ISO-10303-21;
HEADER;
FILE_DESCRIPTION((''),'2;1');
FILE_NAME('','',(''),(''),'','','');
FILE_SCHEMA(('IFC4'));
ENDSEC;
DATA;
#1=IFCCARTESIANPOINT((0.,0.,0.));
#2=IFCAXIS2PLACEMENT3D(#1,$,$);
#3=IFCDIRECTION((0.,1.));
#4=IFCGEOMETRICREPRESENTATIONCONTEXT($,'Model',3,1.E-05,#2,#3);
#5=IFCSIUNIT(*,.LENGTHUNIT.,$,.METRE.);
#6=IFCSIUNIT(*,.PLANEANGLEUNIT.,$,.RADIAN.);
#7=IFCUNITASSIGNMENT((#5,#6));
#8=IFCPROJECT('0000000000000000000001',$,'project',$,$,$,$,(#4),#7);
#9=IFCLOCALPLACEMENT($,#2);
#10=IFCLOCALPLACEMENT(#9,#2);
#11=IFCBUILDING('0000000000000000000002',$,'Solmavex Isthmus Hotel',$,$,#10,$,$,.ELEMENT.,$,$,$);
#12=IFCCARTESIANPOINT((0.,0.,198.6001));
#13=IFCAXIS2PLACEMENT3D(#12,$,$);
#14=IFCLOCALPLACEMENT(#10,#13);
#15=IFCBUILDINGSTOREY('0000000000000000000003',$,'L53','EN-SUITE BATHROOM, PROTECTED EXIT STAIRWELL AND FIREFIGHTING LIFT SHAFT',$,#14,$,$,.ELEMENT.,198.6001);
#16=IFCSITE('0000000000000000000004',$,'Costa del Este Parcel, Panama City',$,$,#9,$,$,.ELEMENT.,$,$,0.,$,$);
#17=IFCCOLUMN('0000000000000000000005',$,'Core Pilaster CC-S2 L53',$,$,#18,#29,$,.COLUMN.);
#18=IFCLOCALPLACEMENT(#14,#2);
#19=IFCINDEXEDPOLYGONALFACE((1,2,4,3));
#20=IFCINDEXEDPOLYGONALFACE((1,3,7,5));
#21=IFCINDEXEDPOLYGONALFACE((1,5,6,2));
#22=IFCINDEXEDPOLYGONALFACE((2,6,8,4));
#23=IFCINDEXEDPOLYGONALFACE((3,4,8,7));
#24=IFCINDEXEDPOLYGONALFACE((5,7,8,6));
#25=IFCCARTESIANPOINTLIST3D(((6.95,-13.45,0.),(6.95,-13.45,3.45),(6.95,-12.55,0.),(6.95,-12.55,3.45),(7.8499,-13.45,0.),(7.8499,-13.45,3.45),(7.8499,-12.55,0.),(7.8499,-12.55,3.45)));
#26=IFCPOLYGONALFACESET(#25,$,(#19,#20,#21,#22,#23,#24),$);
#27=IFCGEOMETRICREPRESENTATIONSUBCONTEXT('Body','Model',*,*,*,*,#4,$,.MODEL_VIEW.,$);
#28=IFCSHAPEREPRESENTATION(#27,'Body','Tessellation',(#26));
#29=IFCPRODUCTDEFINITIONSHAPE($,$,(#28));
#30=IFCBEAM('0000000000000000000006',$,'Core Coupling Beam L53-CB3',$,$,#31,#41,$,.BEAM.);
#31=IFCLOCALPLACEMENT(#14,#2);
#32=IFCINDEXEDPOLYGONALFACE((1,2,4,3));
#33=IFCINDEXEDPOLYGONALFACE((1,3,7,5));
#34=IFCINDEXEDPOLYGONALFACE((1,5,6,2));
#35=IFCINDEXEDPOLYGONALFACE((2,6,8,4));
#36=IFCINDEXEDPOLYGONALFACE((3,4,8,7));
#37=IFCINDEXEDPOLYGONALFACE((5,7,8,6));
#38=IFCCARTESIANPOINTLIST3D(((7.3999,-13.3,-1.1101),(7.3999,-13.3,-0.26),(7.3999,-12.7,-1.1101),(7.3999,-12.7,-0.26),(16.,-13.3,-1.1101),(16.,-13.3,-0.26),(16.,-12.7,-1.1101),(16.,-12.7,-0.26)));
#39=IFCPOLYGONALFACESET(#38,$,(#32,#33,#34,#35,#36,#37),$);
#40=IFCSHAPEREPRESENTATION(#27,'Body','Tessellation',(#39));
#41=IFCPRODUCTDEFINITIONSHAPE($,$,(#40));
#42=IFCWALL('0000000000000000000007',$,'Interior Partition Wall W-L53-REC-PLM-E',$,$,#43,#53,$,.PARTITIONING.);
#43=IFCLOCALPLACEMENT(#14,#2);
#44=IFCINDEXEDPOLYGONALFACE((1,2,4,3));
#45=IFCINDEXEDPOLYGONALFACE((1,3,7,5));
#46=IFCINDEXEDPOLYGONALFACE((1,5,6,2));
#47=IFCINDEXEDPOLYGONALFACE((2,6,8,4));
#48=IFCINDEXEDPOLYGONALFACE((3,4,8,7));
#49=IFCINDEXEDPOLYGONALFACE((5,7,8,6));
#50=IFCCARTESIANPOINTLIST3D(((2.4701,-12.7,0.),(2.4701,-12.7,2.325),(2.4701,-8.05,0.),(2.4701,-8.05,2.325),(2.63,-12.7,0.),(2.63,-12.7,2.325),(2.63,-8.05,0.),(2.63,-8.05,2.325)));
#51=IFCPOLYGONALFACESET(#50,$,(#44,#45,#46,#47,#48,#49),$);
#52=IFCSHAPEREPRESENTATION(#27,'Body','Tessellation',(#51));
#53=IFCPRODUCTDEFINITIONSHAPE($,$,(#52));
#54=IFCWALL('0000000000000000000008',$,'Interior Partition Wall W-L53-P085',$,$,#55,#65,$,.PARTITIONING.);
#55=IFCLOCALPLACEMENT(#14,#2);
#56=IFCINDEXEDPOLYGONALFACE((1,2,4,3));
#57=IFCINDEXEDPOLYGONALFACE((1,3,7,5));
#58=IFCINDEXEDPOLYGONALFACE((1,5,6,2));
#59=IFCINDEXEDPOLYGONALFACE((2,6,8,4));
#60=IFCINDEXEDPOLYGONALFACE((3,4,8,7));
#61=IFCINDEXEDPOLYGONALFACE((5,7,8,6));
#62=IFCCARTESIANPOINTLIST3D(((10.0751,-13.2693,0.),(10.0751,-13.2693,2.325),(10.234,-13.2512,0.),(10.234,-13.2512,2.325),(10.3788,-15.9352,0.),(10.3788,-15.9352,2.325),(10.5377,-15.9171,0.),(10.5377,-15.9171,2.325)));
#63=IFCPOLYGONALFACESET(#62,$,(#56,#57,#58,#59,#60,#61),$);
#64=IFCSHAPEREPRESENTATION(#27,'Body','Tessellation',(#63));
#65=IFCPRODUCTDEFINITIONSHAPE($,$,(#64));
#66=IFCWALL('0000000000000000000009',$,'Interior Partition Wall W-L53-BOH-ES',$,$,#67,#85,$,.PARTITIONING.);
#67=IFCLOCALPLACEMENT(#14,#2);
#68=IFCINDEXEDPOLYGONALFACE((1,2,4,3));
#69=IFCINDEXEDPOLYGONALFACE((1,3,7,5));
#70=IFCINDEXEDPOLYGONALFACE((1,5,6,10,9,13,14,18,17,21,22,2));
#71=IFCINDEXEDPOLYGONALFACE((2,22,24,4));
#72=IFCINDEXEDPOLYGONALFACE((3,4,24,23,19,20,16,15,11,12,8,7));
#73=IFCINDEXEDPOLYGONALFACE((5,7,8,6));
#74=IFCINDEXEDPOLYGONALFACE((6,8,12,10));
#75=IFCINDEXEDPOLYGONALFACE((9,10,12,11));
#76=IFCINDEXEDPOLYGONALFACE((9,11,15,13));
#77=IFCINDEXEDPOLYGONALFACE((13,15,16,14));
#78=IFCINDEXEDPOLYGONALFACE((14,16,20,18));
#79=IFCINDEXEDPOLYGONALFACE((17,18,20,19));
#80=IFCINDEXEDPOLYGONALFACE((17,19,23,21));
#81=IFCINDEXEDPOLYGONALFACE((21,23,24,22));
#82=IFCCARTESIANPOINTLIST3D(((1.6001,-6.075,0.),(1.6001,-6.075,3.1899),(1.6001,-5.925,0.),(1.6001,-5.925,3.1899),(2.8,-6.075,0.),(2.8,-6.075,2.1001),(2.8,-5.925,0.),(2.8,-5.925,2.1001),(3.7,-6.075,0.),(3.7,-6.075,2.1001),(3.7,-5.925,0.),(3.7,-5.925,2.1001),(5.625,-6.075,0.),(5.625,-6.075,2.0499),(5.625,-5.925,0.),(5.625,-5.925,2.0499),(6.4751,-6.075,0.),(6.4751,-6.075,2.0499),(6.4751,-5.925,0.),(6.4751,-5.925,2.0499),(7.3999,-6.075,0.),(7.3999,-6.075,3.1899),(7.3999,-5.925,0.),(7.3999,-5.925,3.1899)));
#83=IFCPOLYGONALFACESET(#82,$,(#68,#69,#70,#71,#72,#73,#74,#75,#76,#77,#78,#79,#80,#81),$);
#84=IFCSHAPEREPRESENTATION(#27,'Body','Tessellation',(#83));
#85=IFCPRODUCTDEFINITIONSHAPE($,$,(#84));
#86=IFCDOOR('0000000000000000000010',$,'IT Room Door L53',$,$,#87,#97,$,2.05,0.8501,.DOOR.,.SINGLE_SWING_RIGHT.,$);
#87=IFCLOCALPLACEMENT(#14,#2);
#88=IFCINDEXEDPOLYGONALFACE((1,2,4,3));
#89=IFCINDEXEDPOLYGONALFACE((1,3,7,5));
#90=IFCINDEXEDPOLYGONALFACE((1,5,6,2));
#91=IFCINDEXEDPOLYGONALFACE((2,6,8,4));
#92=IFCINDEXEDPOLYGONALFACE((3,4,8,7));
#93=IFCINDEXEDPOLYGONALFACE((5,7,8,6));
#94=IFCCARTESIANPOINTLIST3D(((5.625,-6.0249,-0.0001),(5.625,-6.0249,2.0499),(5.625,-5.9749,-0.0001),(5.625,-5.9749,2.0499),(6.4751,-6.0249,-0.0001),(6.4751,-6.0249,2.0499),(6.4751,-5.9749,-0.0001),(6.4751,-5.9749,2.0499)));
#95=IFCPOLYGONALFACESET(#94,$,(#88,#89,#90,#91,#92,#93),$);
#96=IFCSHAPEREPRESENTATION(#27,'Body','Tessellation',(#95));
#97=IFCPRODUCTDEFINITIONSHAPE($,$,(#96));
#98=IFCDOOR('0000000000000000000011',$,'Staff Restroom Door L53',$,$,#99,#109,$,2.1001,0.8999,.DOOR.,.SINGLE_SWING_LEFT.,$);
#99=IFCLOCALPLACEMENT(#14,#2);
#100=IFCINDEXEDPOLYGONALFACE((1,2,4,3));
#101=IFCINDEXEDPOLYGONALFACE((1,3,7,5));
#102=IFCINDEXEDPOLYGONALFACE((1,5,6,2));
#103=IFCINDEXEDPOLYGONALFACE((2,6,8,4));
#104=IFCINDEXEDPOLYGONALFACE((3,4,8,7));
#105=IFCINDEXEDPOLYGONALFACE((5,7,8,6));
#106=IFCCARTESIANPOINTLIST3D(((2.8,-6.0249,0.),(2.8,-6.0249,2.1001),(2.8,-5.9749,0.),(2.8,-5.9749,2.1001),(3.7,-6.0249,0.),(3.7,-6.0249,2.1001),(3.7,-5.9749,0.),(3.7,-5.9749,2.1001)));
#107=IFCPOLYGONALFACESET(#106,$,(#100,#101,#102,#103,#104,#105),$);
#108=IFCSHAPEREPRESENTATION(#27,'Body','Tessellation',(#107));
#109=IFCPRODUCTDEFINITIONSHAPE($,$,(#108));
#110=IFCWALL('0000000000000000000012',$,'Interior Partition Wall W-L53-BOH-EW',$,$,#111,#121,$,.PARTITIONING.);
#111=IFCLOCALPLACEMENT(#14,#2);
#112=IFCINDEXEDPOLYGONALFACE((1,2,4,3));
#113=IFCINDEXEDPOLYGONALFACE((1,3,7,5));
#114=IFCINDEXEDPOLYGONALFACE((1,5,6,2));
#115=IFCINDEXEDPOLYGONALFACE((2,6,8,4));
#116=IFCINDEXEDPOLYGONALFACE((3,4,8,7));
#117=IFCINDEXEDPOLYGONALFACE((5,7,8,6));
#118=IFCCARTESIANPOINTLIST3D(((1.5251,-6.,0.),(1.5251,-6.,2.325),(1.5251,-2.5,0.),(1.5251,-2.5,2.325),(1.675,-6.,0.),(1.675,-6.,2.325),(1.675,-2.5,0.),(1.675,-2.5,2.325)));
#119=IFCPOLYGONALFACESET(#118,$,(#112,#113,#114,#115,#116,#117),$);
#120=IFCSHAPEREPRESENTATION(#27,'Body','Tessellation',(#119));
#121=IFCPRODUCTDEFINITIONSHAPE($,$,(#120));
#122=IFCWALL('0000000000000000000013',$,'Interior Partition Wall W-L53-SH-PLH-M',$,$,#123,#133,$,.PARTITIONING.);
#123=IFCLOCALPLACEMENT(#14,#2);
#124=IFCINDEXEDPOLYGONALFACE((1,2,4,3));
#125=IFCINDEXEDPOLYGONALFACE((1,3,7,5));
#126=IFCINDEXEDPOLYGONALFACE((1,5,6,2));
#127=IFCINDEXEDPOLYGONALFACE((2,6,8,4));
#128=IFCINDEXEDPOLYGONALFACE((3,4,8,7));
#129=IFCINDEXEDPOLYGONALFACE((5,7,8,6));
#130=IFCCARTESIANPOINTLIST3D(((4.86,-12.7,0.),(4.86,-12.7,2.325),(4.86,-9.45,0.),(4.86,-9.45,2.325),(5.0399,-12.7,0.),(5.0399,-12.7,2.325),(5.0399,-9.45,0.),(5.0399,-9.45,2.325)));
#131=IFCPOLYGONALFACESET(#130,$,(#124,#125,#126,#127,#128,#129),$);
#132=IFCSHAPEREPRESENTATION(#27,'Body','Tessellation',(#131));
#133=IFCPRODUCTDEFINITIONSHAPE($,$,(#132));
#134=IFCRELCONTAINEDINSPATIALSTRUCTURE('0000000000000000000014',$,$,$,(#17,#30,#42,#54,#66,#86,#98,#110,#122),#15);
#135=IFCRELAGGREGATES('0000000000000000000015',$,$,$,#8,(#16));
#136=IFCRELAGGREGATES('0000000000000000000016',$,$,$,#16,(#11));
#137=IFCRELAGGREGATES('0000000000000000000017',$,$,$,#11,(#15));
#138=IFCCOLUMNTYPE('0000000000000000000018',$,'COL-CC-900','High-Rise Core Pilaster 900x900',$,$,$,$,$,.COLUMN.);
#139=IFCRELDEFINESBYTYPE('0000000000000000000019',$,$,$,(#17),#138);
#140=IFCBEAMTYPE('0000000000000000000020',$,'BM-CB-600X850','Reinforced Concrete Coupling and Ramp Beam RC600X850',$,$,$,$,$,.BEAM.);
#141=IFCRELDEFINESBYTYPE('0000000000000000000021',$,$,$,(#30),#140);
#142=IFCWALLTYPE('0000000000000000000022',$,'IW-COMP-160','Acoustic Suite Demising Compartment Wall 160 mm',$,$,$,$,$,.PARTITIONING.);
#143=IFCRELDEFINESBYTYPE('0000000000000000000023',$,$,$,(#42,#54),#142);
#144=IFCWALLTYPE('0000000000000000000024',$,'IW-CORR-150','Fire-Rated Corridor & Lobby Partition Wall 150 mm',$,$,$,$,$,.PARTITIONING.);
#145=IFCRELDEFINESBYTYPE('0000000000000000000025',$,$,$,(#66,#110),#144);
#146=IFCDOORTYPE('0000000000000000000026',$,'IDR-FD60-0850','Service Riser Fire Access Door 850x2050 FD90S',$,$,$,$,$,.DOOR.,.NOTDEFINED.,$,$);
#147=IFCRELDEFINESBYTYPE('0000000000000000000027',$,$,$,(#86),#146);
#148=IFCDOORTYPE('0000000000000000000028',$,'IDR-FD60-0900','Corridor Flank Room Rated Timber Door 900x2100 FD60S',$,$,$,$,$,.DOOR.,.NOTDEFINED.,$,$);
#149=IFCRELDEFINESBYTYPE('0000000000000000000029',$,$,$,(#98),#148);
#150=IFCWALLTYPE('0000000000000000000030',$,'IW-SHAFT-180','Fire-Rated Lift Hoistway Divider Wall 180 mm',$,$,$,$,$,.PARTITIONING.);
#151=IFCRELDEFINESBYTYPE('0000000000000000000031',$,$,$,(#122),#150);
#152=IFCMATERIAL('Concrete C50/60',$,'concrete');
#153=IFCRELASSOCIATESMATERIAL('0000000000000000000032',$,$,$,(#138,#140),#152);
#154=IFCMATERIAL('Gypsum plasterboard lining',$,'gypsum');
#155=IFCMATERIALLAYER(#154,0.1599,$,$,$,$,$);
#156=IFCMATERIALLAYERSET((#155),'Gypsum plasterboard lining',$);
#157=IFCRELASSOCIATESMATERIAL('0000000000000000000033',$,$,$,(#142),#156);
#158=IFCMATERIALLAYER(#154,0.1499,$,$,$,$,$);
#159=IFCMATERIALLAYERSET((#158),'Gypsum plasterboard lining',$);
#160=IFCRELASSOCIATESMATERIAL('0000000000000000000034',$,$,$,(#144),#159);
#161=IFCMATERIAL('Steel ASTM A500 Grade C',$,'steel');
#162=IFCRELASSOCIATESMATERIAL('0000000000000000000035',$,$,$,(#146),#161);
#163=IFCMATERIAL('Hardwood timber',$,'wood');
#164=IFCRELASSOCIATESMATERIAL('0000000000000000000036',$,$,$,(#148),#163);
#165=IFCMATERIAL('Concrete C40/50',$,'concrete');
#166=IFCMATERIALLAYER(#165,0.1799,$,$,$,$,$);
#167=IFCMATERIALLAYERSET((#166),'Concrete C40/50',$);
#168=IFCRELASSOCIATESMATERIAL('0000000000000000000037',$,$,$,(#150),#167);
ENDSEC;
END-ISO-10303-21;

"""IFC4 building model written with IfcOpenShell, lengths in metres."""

from ifc_helpers import new_model, si_unit, direction, frame, frame_2d, origin, origin_2d, place, context, subcontext, project, spatial, rectangle, extrude, material, layer, layer_set, material_profile, profile_set, type_object, element, fill, save


model = new_model("IFC4")

# Units and contexts
model_context = context("Model", 3, precision=1e-05, world=origin(), true_north=direction((0.0, 1.0)))
body_context = subcontext(model_context, "Body", "Model", "MODEL_VIEW")
ifc_project = project(units=[si_unit("LENGTHUNIT", "METRE"), si_unit("PLANEANGLEUNIT", "RADIAN")], contexts=[model_context])

# Site, building, storey
site_placement = place(None, origin())
site = spatial("IfcSite", under=ifc_project, at=site_placement, Name="Costa del Este Parcel, Panama City", CompositionType="ELEMENT", RefElevation=0.0)
building_placement = place(site_placement, origin())
building = spatial("IfcBuilding", under=site, at=building_placement, Name="Solmavex Isthmus Hotel", CompositionType="ELEMENT")
storey_placement = place(building_placement, frame((0.0, 0.0, 198.6001)))
storey = spatial("IfcBuildingStorey", under=building, at=storey_placement, Name="L53", Description="EN-SUITE BATHROOM, PROTECTED EXIT STAIRWELL AND FIREFIGHTING LIFT SHAFT", CompositionType="ELEMENT", Elevation=198.6001)

# Column
ifc_material_1 = material(Name="Concrete C50/60", Category="concrete")
ifc_material_profile_1 = material_profile(ifc_material_1, rectangle(XDim=0.8999, YDim=0.8999, at=origin_2d()), Name="RC900X900")
ifc_profile_set_1 = profile_set([ifc_material_profile_1], Name="Concrete C50/60")
column_type = type_object("IfcColumnType", Name="COL-CC-900", Description="High-Rise Core Pilaster 900x900", PredefinedType="COLUMN", material=ifc_profile_set_1)
column_placement = place(storey_placement, frame((7.3999, -13.0, 0.0), z_axis=(0.0, 0.0, 1.0), x_axis=(1.0, 0.0, 0.0)))
element("IfcColumn", 1, at=column_placement, inside=storey, type_object=column_type, Name="Core Pilaster CC-S2 L53", PredefinedType="COLUMN", context=body_context, shape_type="SweptSolid", body=[
    extrude(rectangle(XDim=0.8999, YDim=0.8999, at=origin_2d()), origin(), (0.0, 0.0, 1.0), 3.45),
])

# Beam
ifc_material_profile_2 = material_profile(ifc_material_1, rectangle(XDim=0.6001, YDim=0.8501, at=origin_2d()), Name="RC600X850")
ifc_profile_set_2 = profile_set([ifc_material_profile_2], Name="Concrete C50/60")
beam_type = type_object("IfcBeamType", Name="BM-CB-600X850", Description="Reinforced Concrete Coupling and Ramp Beam RC600X850", PredefinedType="BEAM", material=ifc_profile_set_2)
beam_placement = place(storey_placement, frame((7.3999, -13.0, -0.6851), z_axis=(1.0, 0.0, 0.0), x_axis=(0.0, 1.0, 0.0)))
element("IfcBeam", 2, at=beam_placement, inside=storey, type_object=beam_type, Name="Core Coupling Beam L53-CB3", PredefinedType="BEAM", context=body_context, shape_type="SweptSolid", body=[
    extrude(rectangle(XDim=0.6001, YDim=0.8501, at=origin_2d()), origin(), (0.0, 0.0, 1.0), 8.6001),
])

# Walls
ifc_material_2 = material(Name="Gypsum plasterboard lining", Category="gypsum")
ifc_layer_1 = layer(ifc_material_2, 0.1599)
ifc_layer_set_1 = layer_set([ifc_layer_1], Name="Gypsum plasterboard lining")
wall_type_1 = type_object("IfcWallType", Name="IW-COMP-160", Description="Acoustic Suite Demising Compartment Wall 160 mm", PredefinedType="PARTITIONING", material=ifc_layer_set_1)
wall_1_placement = place(storey_placement, frame((2.55, -12.7, 0.0), z_axis=(0.0, 0.0, 1.0), x_axis=(0.0, 1.0, 0.0)))
element("IfcWall", 3, at=wall_1_placement, inside=storey, type_object=wall_type_1, Name="Interior Partition Wall W-L53-REC-PLM-E", PredefinedType="PARTITIONING", context=body_context, shape_type="SweptSolid", body=[
    extrude(rectangle(XDim=4.6499, YDim=0.1599, at=frame_2d((2.325, 0.0))), origin(), (0.0, 0.0, 1.0), 2.325),
])
wall_2_placement = place(storey_placement, frame((10.1545, -13.2603, 0.0), z_axis=(0.0, 0.0, 1.0), x_axis=(0.113198, -0.993572, 0.0)))
element("IfcWall", 4, at=wall_2_placement, inside=storey, type_object=wall_type_1, Name="Interior Partition Wall W-L53-P085", PredefinedType="PARTITIONING", context=body_context, shape_type="SweptSolid", body=[
    extrude(rectangle(XDim=2.6831, YDim=0.1599, at=frame_2d((1.3416, 0.0))), origin(), (0.0, 0.0, 1.0), 2.325),
])

# Wall, openings, doors
ifc_layer_2 = layer(ifc_material_2, 0.1499)
ifc_layer_set_2 = layer_set([ifc_layer_2], Name="Gypsum plasterboard lining")
wall_type_2 = type_object("IfcWallType", Name="IW-CORR-150", Description="Fire-Rated Corridor & Lobby Partition Wall 150 mm", PredefinedType="PARTITIONING", material=ifc_layer_set_2)
wall_3_placement = place(storey_placement, frame((1.6001, -6.0, 0.0), z_axis=(0.0, 0.0, 1.0), x_axis=(1.0, 0.0, 0.0)))
wall_3 = element("IfcWall", 5, at=wall_3_placement, inside=storey, type_object=wall_type_2, Name="Interior Partition Wall W-L53-BOH-ES", PredefinedType="PARTITIONING", context=body_context, shape_type="SweptSolid", body=[
    extrude(rectangle(XDim=5.7998, YDim=0.1499, at=frame_2d((2.8999, 0.0))), origin(), (0.0, 0.0, 1.0), 3.1899),
])
opening_1_placement = place(wall_3_placement, frame((1.2, 0.0, 0.0)))
opening_1 = element("IfcOpeningElement", 6, at=opening_1_placement, cuts=wall_3, PredefinedType="OPENING", context=body_context, shape_type="SweptSolid", body=[
    extrude(rectangle(XDim=0.8999, YDim=2.1001, at=frame_2d((0.45, 1.05))), frame((0.0, 0.085, 0.0), z_axis=(0.0, -1.0, 0.0), x_axis=(1.0, 0.0, 0.0)), (0.0, 0.0, 1.0), 0.1699),
])
opening_2_placement = place(wall_3_placement, frame((4.0249, 0.0, 0.0)))
opening_2 = element("IfcOpeningElement", 7, at=opening_2_placement, cuts=wall_3, PredefinedType="OPENING", context=body_context, shape_type="SweptSolid", body=[
    extrude(rectangle(XDim=0.8501, YDim=2.05, at=frame_2d((0.425, 1.0249))), frame((0.0, 0.085, 0.0), z_axis=(0.0, -1.0, 0.0), x_axis=(1.0, 0.0, 0.0)), (0.0, 0.0, 1.0), 0.1699),
])
ifc_material_3 = material(Name="Steel ASTM A500 Grade C", Category="steel")
door_type_1 = type_object("IfcDoorType", Name="IDR-FD60-0850", Description="Service Riser Fire Access Door 850x2050 FD90S", OperationType="NOTDEFINED", PredefinedType="DOOR", material=ifc_material_3)
door_1_placement = place(opening_2_placement, frame((0.8501, 0.0, 0.0), z_axis=(0.0, 0.0, 1.0), x_axis=(-1.0, 0.0, 0.0)))
door_1 = element("IfcDoor", 8, at=door_1_placement, inside=storey, type_object=door_type_1, Name="IT Room Door L53", OperationType="SINGLE_SWING_RIGHT", OverallHeight=2.05, OverallWidth=0.8501, PredefinedType="DOOR", context=body_context, shape_type="SweptSolid", body=[
    extrude(rectangle(XDim=0.8501, YDim=2.05, at=frame_2d((0.425, 1.0249))), frame((0.0, 0.0249, 0.0), z_axis=(0.0, -1.0, 0.0), x_axis=(1.0, 0.0, 0.0)), (0.0, 0.0, 1.0), 0.05),
])
fill(opening_2, door_1)
ifc_material_4 = material(Name="Hardwood timber", Category="wood")
door_type_2 = type_object("IfcDoorType", Name="IDR-FD60-0900", Description="Corridor Flank Room Rated Timber Door 900x2100 FD60S", OperationType="NOTDEFINED", PredefinedType="DOOR", material=ifc_material_4)
door_2_placement = place(opening_1_placement, frame((0.8999, 0.0, 0.0), z_axis=(0.0, 0.0, 1.0), x_axis=(-1.0, 0.0, 0.0)))
door_2 = element("IfcDoor", 9, at=door_2_placement, inside=storey, type_object=door_type_2, Name="Staff Restroom Door L53", OperationType="SINGLE_SWING_LEFT", OverallHeight=2.1001, OverallWidth=0.8999, PredefinedType="DOOR", context=body_context, shape_type="SweptSolid", body=[
    extrude(rectangle(XDim=0.8999, YDim=2.1001, at=frame_2d((0.45, 1.05))), frame((0.0, 0.0249, 0.0), z_axis=(0.0, -1.0, 0.0), x_axis=(1.0, 0.0, 0.0)), (0.0, 0.0, 1.0), 0.05),
])
fill(opening_1, door_2)

# Walls
wall_4_placement = place(storey_placement, frame((1.6001, -6.0, 0.0), z_axis=(0.0, 0.0, 1.0), x_axis=(0.0, 1.0, 0.0)))
element("IfcWall", 10, at=wall_4_placement, inside=storey, type_object=wall_type_2, Name="Interior Partition Wall W-L53-BOH-EW", PredefinedType="PARTITIONING", context=body_context, shape_type="SweptSolid", body=[
    extrude(rectangle(XDim=3.5, YDim=0.1499, at=frame_2d((1.75, 0.0))), origin(), (0.0, 0.0, 1.0), 2.325),
])
ifc_material_5 = material(Name="Concrete C40/50", Category="concrete")
ifc_layer_3 = layer(ifc_material_5, 0.1799)
ifc_layer_set_3 = layer_set([ifc_layer_3], Name="Concrete C40/50")
wall_type_3 = type_object("IfcWallType", Name="IW-SHAFT-180", Description="Fire-Rated Lift Hoistway Divider Wall 180 mm", PredefinedType="PARTITIONING", material=ifc_layer_set_3)
wall_5_placement = place(storey_placement, frame((4.95, -12.7, 0.0), z_axis=(0.0, 0.0, 1.0), x_axis=(0.0, 1.0, 0.0)))
element("IfcWall", 11, at=wall_5_placement, inside=storey, type_object=wall_type_3, Name="Interior Partition Wall W-L53-SH-PLH-M", PredefinedType="PARTITIONING", context=body_context, shape_type="SweptSolid", body=[
    extrude(rectangle(XDim=3.25, YDim=0.1799, at=frame_2d((1.625, 0.0))), origin(), (0.0, 0.0, 1.0), 2.325),
])

save(model, "model.ifc")
